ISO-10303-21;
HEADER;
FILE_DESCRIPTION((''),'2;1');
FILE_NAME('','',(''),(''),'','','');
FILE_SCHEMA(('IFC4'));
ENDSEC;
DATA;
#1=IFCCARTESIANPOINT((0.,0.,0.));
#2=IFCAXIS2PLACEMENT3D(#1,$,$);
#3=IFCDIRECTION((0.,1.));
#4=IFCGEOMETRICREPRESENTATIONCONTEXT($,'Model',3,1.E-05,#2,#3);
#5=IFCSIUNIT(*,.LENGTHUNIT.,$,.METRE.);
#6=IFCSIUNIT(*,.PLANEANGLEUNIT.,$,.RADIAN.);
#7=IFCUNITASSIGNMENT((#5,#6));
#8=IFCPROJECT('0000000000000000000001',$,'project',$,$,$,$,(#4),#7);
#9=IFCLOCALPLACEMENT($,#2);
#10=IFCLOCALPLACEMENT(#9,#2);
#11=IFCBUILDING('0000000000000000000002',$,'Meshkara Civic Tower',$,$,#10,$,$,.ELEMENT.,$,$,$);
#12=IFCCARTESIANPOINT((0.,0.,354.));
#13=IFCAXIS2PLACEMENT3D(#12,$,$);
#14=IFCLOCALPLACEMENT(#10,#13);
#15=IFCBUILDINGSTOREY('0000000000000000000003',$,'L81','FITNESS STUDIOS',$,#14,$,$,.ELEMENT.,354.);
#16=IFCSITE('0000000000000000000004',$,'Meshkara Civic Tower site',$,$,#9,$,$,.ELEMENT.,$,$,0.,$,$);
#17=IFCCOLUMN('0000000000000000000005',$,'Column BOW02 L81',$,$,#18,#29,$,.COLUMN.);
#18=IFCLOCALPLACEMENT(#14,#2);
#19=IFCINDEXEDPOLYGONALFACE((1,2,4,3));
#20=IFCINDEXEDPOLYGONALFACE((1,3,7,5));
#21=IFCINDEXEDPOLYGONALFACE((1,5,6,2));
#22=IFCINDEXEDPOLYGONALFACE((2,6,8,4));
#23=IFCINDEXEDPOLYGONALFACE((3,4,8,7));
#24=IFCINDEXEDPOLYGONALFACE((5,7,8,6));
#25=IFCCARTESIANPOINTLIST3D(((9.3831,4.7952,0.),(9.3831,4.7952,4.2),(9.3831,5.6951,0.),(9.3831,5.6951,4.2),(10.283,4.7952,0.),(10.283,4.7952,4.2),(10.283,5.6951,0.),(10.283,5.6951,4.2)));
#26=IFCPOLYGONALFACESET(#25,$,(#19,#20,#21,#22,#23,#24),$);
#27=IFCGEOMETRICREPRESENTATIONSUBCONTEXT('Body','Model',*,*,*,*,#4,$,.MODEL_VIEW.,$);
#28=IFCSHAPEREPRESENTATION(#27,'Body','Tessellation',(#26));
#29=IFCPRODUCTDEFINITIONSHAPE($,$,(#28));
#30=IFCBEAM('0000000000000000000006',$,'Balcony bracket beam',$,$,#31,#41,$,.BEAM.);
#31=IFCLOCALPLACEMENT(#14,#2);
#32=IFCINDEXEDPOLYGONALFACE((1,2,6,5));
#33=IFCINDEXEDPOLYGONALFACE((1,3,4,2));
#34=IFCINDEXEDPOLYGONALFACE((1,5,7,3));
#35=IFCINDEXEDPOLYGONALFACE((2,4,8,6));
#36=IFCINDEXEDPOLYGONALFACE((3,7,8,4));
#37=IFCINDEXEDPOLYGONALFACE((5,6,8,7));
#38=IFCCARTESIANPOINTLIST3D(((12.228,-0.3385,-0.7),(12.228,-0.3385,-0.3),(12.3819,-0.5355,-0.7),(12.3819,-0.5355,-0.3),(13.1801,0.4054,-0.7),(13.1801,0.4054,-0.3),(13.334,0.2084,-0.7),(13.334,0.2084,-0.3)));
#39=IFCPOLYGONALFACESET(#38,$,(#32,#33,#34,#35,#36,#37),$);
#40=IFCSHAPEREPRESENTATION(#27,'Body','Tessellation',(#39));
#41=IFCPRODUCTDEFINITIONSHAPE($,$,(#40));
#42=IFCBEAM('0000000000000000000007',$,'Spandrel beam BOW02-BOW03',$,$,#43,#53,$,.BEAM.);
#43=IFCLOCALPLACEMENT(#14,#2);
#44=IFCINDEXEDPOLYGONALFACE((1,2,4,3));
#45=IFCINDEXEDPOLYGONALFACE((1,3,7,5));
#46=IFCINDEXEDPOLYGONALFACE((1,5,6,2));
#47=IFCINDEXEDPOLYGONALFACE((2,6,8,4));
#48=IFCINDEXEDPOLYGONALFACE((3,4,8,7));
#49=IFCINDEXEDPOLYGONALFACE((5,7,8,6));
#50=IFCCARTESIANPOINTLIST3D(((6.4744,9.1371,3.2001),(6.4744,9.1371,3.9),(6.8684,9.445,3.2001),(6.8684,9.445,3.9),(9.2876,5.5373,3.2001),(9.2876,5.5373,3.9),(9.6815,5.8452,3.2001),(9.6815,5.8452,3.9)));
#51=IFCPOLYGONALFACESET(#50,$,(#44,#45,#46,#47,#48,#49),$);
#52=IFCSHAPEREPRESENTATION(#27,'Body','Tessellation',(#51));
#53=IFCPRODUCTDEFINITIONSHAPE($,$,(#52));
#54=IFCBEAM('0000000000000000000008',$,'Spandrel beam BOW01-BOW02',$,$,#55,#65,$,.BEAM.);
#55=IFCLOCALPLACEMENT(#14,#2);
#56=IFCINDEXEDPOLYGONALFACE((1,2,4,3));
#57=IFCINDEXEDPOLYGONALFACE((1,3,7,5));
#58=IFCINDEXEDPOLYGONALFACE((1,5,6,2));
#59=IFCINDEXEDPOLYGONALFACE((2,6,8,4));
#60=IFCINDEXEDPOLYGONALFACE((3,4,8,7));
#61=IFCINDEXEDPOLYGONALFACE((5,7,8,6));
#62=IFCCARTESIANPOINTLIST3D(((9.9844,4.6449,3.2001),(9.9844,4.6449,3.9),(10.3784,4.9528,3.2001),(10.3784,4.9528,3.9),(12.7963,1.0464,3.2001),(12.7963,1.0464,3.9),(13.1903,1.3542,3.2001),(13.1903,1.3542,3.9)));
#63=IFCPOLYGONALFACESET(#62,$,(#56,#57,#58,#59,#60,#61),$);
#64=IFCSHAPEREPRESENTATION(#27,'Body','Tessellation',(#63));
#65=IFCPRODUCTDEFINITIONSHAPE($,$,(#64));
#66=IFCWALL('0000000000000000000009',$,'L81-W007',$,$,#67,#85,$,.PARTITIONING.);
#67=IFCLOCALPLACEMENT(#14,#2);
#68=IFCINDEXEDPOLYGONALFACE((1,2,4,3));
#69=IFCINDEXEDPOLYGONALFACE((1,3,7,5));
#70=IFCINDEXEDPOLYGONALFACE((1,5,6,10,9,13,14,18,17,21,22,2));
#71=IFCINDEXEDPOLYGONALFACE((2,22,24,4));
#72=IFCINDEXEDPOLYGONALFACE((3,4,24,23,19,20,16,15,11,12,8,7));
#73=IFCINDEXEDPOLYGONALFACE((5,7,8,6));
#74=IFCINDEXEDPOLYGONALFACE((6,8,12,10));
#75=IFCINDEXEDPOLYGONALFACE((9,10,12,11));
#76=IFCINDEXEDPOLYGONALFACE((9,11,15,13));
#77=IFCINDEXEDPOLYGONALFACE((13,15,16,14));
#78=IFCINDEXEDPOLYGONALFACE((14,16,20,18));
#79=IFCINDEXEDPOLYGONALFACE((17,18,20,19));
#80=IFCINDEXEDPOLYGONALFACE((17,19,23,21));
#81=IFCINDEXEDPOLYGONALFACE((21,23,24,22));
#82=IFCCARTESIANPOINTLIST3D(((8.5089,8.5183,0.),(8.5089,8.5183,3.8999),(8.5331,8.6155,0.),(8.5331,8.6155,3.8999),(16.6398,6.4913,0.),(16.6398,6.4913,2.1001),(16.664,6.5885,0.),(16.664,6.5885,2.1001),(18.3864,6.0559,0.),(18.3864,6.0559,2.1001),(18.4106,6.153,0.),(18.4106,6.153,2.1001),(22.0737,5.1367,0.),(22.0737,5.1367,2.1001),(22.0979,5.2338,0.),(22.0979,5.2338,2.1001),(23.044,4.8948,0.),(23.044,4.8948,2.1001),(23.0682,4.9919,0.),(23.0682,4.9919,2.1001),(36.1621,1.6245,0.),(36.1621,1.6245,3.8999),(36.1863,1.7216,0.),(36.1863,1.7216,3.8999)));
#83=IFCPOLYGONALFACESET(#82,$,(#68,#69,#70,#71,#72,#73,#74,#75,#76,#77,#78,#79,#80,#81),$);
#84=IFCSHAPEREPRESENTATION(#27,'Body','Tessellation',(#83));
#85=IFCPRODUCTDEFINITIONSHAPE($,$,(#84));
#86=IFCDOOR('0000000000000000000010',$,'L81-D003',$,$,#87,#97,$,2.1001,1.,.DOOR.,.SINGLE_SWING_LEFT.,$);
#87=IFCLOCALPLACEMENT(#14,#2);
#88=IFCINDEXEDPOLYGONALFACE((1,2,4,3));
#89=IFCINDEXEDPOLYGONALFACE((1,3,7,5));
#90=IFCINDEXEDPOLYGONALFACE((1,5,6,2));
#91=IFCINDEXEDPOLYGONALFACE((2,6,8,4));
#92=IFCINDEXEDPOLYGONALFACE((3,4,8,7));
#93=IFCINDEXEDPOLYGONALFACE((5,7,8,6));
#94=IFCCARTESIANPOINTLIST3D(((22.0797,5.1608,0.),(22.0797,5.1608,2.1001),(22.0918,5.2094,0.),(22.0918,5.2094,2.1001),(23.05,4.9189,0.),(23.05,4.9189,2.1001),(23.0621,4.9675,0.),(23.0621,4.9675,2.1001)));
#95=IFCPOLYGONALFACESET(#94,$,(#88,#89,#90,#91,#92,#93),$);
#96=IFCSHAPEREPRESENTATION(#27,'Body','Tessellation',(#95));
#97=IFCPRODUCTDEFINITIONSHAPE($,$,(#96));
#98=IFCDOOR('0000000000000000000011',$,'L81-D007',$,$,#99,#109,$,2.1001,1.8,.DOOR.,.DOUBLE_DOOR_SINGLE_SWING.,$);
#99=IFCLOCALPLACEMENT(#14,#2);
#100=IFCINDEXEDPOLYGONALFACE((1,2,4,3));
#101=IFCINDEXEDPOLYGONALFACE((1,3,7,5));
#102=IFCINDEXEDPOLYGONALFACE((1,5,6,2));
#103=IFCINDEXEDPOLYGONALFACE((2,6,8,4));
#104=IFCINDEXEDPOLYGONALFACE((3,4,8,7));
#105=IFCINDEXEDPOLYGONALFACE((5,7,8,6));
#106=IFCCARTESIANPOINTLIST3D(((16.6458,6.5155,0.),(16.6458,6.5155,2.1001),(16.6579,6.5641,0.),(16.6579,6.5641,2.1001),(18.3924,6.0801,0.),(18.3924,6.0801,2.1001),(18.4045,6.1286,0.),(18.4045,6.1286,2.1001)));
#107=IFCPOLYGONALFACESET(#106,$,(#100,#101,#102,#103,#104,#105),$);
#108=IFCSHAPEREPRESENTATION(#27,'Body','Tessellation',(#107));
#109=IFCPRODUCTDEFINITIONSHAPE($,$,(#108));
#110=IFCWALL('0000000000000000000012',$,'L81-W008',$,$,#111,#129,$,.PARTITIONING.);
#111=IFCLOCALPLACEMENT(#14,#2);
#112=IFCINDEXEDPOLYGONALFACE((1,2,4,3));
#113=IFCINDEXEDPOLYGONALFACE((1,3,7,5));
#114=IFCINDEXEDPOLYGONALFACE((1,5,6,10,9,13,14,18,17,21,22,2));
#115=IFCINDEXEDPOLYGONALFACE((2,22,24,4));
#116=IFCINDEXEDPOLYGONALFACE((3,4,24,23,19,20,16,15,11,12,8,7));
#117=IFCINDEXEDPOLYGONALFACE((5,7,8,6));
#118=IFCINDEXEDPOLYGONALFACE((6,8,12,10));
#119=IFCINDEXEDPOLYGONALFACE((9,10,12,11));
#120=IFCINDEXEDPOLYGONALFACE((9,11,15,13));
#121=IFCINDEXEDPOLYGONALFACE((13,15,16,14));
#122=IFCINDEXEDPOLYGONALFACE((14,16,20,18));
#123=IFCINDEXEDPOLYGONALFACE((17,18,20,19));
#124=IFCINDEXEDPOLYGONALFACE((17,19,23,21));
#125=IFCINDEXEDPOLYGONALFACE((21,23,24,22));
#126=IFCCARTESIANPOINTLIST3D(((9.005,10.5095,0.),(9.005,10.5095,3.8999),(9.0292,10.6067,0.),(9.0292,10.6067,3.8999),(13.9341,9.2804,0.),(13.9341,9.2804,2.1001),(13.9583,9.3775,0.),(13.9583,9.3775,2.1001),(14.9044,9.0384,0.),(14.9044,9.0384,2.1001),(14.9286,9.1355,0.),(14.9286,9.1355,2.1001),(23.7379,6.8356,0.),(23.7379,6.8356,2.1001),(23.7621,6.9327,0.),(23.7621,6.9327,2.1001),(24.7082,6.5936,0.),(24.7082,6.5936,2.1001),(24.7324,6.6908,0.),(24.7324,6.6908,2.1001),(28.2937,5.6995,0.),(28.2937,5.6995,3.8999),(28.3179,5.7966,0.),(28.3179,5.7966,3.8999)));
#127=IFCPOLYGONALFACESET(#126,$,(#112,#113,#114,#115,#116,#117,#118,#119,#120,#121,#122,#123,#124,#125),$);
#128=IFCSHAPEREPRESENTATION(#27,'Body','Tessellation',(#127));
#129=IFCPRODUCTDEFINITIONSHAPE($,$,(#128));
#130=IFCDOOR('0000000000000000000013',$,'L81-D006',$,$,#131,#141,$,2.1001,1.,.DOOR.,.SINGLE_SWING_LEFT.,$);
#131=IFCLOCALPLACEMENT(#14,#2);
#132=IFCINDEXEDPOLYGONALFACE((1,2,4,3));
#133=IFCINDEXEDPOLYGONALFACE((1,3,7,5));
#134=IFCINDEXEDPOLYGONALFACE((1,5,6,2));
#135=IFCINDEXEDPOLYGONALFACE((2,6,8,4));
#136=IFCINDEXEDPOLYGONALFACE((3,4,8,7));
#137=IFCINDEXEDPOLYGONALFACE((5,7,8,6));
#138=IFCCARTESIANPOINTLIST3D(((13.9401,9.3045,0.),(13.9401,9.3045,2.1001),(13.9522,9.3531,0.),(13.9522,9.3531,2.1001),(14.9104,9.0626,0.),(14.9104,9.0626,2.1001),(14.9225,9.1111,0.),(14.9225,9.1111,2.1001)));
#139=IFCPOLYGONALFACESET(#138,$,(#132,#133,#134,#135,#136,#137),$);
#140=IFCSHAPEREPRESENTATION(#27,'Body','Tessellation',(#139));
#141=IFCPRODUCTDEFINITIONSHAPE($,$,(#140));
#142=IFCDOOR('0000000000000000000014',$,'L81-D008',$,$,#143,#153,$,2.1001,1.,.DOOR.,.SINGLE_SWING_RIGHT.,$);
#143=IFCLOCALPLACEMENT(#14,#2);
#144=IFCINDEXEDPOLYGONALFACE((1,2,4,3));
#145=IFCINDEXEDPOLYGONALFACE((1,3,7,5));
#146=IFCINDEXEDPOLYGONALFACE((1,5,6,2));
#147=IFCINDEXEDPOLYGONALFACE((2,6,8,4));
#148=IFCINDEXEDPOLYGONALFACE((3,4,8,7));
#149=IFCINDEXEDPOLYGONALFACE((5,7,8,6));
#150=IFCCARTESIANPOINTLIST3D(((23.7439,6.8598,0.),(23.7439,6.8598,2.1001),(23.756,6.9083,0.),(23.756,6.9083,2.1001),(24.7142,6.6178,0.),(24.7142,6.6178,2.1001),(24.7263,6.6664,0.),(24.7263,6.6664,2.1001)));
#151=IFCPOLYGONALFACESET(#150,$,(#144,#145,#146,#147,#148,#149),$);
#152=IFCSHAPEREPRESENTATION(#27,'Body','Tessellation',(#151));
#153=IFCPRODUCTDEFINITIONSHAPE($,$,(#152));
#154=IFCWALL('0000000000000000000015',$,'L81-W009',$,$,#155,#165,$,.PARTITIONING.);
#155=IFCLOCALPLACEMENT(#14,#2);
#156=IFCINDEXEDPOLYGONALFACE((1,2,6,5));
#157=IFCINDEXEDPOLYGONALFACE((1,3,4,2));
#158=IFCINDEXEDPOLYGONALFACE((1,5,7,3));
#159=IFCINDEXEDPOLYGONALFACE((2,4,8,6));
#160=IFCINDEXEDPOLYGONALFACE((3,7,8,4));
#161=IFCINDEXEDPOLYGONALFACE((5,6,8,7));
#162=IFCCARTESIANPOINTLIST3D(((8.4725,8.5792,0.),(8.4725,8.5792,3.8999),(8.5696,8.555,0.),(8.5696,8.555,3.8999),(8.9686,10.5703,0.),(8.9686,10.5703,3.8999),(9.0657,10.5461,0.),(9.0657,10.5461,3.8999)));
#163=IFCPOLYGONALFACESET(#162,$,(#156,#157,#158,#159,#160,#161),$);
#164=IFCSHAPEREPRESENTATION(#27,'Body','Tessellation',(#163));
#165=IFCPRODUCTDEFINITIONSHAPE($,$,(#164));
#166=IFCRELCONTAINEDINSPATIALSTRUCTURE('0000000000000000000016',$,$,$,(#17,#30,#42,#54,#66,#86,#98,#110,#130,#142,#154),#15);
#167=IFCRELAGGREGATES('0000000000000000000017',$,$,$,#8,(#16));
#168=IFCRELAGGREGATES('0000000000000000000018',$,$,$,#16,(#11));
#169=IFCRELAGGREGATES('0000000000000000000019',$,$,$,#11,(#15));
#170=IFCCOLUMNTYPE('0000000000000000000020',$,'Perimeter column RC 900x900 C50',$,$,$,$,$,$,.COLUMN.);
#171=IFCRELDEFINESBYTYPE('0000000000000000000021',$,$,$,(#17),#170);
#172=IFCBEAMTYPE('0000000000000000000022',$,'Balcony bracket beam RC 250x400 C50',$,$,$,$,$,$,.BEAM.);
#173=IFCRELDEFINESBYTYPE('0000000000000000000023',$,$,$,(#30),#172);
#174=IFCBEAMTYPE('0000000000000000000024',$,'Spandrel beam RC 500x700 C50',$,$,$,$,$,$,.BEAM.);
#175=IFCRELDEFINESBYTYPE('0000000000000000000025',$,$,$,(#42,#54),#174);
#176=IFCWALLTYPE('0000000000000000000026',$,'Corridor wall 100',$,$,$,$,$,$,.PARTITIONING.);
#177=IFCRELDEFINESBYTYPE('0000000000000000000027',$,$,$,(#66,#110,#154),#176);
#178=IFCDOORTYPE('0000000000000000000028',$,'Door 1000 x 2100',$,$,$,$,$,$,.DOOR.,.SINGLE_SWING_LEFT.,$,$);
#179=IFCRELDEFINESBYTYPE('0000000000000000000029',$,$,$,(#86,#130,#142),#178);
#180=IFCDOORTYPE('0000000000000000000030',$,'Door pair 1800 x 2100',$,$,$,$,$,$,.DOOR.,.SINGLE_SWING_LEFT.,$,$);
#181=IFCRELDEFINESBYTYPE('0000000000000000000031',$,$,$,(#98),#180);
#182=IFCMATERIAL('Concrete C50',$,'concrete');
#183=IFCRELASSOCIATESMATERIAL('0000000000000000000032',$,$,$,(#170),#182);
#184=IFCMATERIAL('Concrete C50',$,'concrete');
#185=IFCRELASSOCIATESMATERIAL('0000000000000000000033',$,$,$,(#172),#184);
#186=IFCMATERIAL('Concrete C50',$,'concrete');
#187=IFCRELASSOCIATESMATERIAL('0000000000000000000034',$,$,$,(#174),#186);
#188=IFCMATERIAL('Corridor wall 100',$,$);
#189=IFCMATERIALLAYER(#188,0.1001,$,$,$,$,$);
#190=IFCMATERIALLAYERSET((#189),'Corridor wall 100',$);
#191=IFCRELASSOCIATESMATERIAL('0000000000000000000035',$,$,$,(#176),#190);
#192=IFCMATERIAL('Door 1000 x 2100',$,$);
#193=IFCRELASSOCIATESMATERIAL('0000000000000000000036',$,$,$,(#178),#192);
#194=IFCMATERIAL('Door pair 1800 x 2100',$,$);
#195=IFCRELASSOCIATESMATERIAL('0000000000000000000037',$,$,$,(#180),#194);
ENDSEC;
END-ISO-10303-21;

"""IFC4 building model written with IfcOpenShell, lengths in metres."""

from ifc_helpers import new_model, si_unit, direction, frame, frame_2d, origin, origin_2d, place, context, subcontext, project, spatial, rectangle, extrude, material, layer, layer_set, material_profile, profile_set, type_object, element, fill, save


model = new_model("IFC4")

# Units and contexts
model_context = context("Model", 3, precision=1e-05, world=origin(), true_north=direction((0.0, 1.0)))
body_context = subcontext(model_context, "Body", "Model", "MODEL_VIEW")
ifc_project = project(units=[si_unit("LENGTHUNIT", "METRE"), si_unit("PLANEANGLEUNIT", "RADIAN")], contexts=[model_context])

# Site, building, storey
site_placement = place(None, origin())
site = spatial("IfcSite", under=ifc_project, at=site_placement, Name="Meshkara Civic Tower site", CompositionType="ELEMENT", RefElevation=0.0)
building_placement = place(site_placement, origin())
building = spatial("IfcBuilding", under=site, at=building_placement, Name="Meshkara Civic Tower", CompositionType="ELEMENT")
storey_placement = place(building_placement, frame((0.0, 0.0, 354.0)))
storey = spatial("IfcBuildingStorey", under=building, at=storey_placement, Name="L81", Description="FITNESS STUDIOS", CompositionType="ELEMENT", Elevation=354.0)

# Column
ifc_material_1 = material(Name="Concrete C50", Category="concrete")
ifc_material_profile_1 = material_profile(ifc_material_1, rectangle(XDim=0.8999, YDim=0.8999, at=origin_2d()))
ifc_profile_set_1 = profile_set([ifc_material_profile_1], Name="Concrete C50")
column_type = type_object("IfcColumnType", Name="Perimeter column RC 900x900 C50", PredefinedType="COLUMN", material=ifc_profile_set_1)
column_placement = place(storey_placement, frame((9.833, 5.2451, 0.0), z_axis=(0.0, 0.0, 1.0), x_axis=(1.0, 0.0, 0.0)))
element("IfcColumn", 1, at=column_placement, inside=storey, type_object=column_type, Name="Column BOW02 L81", PredefinedType="COLUMN", context=body_context, shape_type="SweptSolid", body=[
    extrude(rectangle(XDim=0.8999, YDim=0.8999, at=origin_2d()), origin(), (0.0, 0.0, 1.0), 4.2),
])

# Beams
ifc_material_2 = material(Name="Concrete C50", Category="concrete")
ifc_material_profile_2 = material_profile(ifc_material_2, rectangle(XDim=0.25, YDim=0.3999, at=origin_2d()))
ifc_profile_set_2 = profile_set([ifc_material_profile_2], Name="Concrete C50")
beam_type_1 = type_object("IfcBeamType", Name="Balcony bracket beam RC 250x400 C50", PredefinedType="BEAM", material=ifc_profile_set_2)
beam_1_placement = place(storey_placement, frame((13.2571, 0.3069, -0.5), z_axis=(-0.788012, -0.61566, 0.0), x_axis=(0.61566, -0.788012, 0.0)))
element("IfcBeam", 2, at=beam_1_placement, inside=storey, type_object=beam_type_1, Name="Balcony bracket beam", PredefinedType="BEAM", context=body_context, shape_type="SweptSolid", body=[
    extrude(rectangle(XDim=0.25, YDim=0.3999, at=origin_2d()), origin(), (0.0, 0.0, 1.0), 1.2083),
])
ifc_material_3 = material(Name="Concrete C50", Category="concrete")
ifc_material_profile_3 = material_profile(ifc_material_3, rectangle(XDim=0.5, YDim=0.7, at=origin_2d()))
ifc_profile_set_3 = profile_set([ifc_material_profile_3], Name="Concrete C50")
beam_type_2 = type_object("IfcBeamType", Name="Spandrel beam RC 500x700 C50", PredefinedType="BEAM", material=ifc_profile_set_3)
beam_2_placement = place(storey_placement, frame((6.6714, 9.291, 3.55), z_axis=(0.615759, -0.787934, 0.0), x_axis=(0.787934, 0.615759, 0.0)))
element("IfcBeam", 3, at=beam_2_placement, inside=storey, type_object=beam_type_2, Name="Spandrel beam BOW02-BOW03", PredefinedType="BEAM", context=body_context, shape_type="SweptSolid", body=[
    extrude(rectangle(XDim=0.5, YDim=0.7, at=origin_2d()), origin(), (0.0, 0.0, 1.0), 4.5686),
])
beam_3_placement = place(storey_placement, frame((10.1814, 4.7988, 3.55), z_axis=(0.615723, -0.787963, 0.0), x_axis=(0.787963, 0.615723, 0.0)))
element("IfcBeam", 4, at=beam_3_placement, inside=storey, type_object=beam_type_2, Name="Spandrel beam BOW01-BOW02", PredefinedType="BEAM", context=body_context, shape_type="SweptSolid", body=[
    extrude(rectangle(XDim=0.5, YDim=0.7, at=origin_2d()), origin(), (0.0, 0.0, 1.0), 4.5669),
])

# Walls, openings, doors
ifc_material_4 = material(Name="Corridor wall 100")
ifc_layer_1 = layer(ifc_material_4, 0.1001)
ifc_layer_set_1 = layer_set([ifc_layer_1], Name="Corridor wall 100")
wall_type_1 = type_object("IfcWallType", Name="Corridor wall 100", PredefinedType="PARTITIONING", material=ifc_layer_set_1)
wall_1_placement = place(storey_placement, frame((8.521, 8.5669, 0.0), z_axis=(0.0, 0.0, 1.0), x_axis=(0.970303, -0.241893, 0.0)))
wall_1 = element("IfcWall", 5, at=wall_1_placement, inside=storey, type_object=wall_type_1, Name="L81-W007", PredefinedType="PARTITIONING", context=body_context, shape_type="SweptSolid", body=[
    extrude(rectangle(XDim=28.4995, YDim=0.1001, at=frame_2d((14.2498, 0.0))), origin(), (0.0, 0.0, 1.0), 3.8999),
])
opening_1_placement = place(wall_1_placement, frame((13.98, 0.0, 0.0)))
opening_1 = element("IfcOpeningElement", 6, at=opening_1_placement, cuts=wall_1, PredefinedType="OPENING", context=body_context, shape_type="SweptSolid", body=[
    extrude(rectangle(XDim=1.0, YDim=2.1001, at=frame_2d((0.5, 1.05))), frame((0.0, 0.0601, 0.0), z_axis=(0.0, -1.0, 0.0), x_axis=(1.0, 0.0, 0.0)), (0.0, 0.0, 1.0), 0.1201),
])
opening_2_placement = place(wall_1_placement, frame((8.3799, 0.0, 0.0)))
opening_2 = element("IfcOpeningElement", 7, at=opening_2_placement, cuts=wall_1, PredefinedType="OPENING", context=body_context, shape_type="SweptSolid", body=[
    extrude(rectangle(XDim=1.8, YDim=2.1001, at=frame_2d((0.8999, 1.05))), frame((0.0, 0.0601, 0.0), z_axis=(0.0, -1.0, 0.0), x_axis=(1.0, 0.0, 0.0)), (0.0, 0.0, 1.0), 0.1201),
])
ifc_material_5 = material(Name="Door 1000 x 2100")
door_type_1 = type_object("IfcDoorType", Name="Door 1000 x 2100", OperationType="SINGLE_SWING_LEFT", PredefinedType="DOOR", material=ifc_material_5)
door_1_placement = place(opening_1_placement, origin())
door_1 = element("IfcDoor", 8, at=door_1_placement, inside=storey, type_object=door_type_1, Name="L81-D003", OperationType="SINGLE_SWING_LEFT", OverallHeight=2.1001, OverallWidth=1.0, PredefinedType="DOOR", context=body_context, shape_type="SweptSolid", body=[
    extrude(rectangle(XDim=1.0, YDim=2.1001, at=frame_2d((0.5, 1.05))), frame((0.0, 0.0249, 0.0), z_axis=(0.0, -1.0, 0.0), x_axis=(1.0, 0.0, 0.0)), (0.0, 0.0, 1.0), 0.05),
])
fill(opening_1, door_1)
ifc_material_6 = material(Name="Door pair 1800 x 2100")
door_type_2 = type_object("IfcDoorType", Name="Door pair 1800 x 2100", OperationType="SINGLE_SWING_LEFT", PredefinedType="DOOR", material=ifc_material_6)
door_2_placement = place(opening_2_placement, origin())
door_2 = element("IfcDoor", 9, at=door_2_placement, inside=storey, type_object=door_type_2, Name="L81-D007", OperationType="DOUBLE_DOOR_SINGLE_SWING", OverallHeight=2.1001, OverallWidth=1.8, PredefinedType="DOOR", context=body_context, shape_type="SweptSolid", body=[
    extrude(rectangle(XDim=1.8, YDim=2.1001, at=frame_2d((0.8999, 1.05))), frame((0.0, 0.0249, 0.0), z_axis=(0.0, -1.0, 0.0), x_axis=(1.0, 0.0, 0.0)), (0.0, 0.0, 1.0), 0.05),
])
fill(opening_2, door_2)
wall_2_placement = place(storey_placement, frame((9.0171, 10.5581, 0.0), z_axis=(0.0, 0.0, 1.0), x_axis=(0.970286, -0.241961, 0.0)))
wall_2 = element("IfcWall", 10, at=wall_2_placement, inside=storey, type_object=wall_type_1, Name="L81-W008", PredefinedType="PARTITIONING", context=body_context, shape_type="SweptSolid", body=[
    extrude(rectangle(XDim=19.8794, YDim=0.1001, at=frame_2d((9.9397, 0.0))), origin(), (0.0, 0.0, 1.0), 3.8999),
])
opening_3_placement = place(wall_2_placement, frame((5.0801, 0.0, 0.0)))
opening_3 = element("IfcOpeningElement", 11, at=opening_3_placement, cuts=wall_2, PredefinedType="OPENING", context=body_context, shape_type="SweptSolid", body=[
    extrude(rectangle(XDim=1.0, YDim=2.1001, at=frame_2d((0.5, 1.05))), frame((0.0, 0.0601, 0.0), z_axis=(0.0, -1.0, 0.0), x_axis=(1.0, 0.0, 0.0)), (0.0, 0.0, 1.0), 0.1201),
])
opening_4_placement = place(wall_2_placement, frame((15.1841, 0.0, 0.0)))
opening_4 = element("IfcOpeningElement", 12, at=opening_4_placement, cuts=wall_2, PredefinedType="OPENING", context=body_context, shape_type="SweptSolid", body=[
    extrude(rectangle(XDim=1.0, YDim=2.1001, at=frame_2d((0.5, 1.05))), frame((0.0, 0.0601, 0.0), z_axis=(0.0, -1.0, 0.0), x_axis=(1.0, 0.0, 0.0)), (0.0, 0.0, 1.0), 0.1201),
])
door_3_placement = place(opening_3_placement, origin())
door_3 = element("IfcDoor", 13, at=door_3_placement, inside=storey, type_object=door_type_1, Name="L81-D006", OperationType="SINGLE_SWING_LEFT", OverallHeight=2.1001, OverallWidth=1.0, PredefinedType="DOOR", context=body_context, shape_type="SweptSolid", body=[
    extrude(rectangle(XDim=1.0, YDim=2.1001, at=frame_2d((0.5, 1.05))), frame((0.0, 0.0249, 0.0), z_axis=(0.0, -1.0, 0.0), x_axis=(1.0, 0.0, 0.0)), (0.0, 0.0, 1.0), 0.05),
])
fill(opening_3, door_3)
door_4_placement = place(opening_4_placement, origin())
door_4 = element("IfcDoor", 14, at=door_4_placement, inside=storey, type_object=door_type_1, Name="L81-D008", OperationType="SINGLE_SWING_RIGHT", OverallHeight=2.1001, OverallWidth=1.0, PredefinedType="DOOR", context=body_context, shape_type="SweptSolid", body=[
    extrude(rectangle(XDim=1.0, YDim=2.1001, at=frame_2d((0.5, 1.05))), frame((0.0, 0.0249, 0.0), z_axis=(0.0, -1.0, 0.0), x_axis=(1.0, 0.0, 0.0)), (0.0, 0.0, 1.0), 0.05),
])
fill(opening_4, door_4)

# Wall
wall_3_placement = place(storey_placement, frame((9.0171, 10.5581, 0.0), z_axis=(0.0, 0.0, 1.0), x_axis=(-0.241752, -0.970338, 0.0)))
element("IfcWall", 15, at=wall_3_placement, inside=storey, type_object=wall_type_1, Name="L81-W009", PredefinedType="PARTITIONING", context=body_context, shape_type="SweptSolid", body=[
    extrude(rectangle(XDim=2.052, YDim=0.1001, at=frame_2d((1.0259, 0.0))), origin(), (0.0, 0.0, 1.0), 3.8999),
])

save(model, "model.ifc")
